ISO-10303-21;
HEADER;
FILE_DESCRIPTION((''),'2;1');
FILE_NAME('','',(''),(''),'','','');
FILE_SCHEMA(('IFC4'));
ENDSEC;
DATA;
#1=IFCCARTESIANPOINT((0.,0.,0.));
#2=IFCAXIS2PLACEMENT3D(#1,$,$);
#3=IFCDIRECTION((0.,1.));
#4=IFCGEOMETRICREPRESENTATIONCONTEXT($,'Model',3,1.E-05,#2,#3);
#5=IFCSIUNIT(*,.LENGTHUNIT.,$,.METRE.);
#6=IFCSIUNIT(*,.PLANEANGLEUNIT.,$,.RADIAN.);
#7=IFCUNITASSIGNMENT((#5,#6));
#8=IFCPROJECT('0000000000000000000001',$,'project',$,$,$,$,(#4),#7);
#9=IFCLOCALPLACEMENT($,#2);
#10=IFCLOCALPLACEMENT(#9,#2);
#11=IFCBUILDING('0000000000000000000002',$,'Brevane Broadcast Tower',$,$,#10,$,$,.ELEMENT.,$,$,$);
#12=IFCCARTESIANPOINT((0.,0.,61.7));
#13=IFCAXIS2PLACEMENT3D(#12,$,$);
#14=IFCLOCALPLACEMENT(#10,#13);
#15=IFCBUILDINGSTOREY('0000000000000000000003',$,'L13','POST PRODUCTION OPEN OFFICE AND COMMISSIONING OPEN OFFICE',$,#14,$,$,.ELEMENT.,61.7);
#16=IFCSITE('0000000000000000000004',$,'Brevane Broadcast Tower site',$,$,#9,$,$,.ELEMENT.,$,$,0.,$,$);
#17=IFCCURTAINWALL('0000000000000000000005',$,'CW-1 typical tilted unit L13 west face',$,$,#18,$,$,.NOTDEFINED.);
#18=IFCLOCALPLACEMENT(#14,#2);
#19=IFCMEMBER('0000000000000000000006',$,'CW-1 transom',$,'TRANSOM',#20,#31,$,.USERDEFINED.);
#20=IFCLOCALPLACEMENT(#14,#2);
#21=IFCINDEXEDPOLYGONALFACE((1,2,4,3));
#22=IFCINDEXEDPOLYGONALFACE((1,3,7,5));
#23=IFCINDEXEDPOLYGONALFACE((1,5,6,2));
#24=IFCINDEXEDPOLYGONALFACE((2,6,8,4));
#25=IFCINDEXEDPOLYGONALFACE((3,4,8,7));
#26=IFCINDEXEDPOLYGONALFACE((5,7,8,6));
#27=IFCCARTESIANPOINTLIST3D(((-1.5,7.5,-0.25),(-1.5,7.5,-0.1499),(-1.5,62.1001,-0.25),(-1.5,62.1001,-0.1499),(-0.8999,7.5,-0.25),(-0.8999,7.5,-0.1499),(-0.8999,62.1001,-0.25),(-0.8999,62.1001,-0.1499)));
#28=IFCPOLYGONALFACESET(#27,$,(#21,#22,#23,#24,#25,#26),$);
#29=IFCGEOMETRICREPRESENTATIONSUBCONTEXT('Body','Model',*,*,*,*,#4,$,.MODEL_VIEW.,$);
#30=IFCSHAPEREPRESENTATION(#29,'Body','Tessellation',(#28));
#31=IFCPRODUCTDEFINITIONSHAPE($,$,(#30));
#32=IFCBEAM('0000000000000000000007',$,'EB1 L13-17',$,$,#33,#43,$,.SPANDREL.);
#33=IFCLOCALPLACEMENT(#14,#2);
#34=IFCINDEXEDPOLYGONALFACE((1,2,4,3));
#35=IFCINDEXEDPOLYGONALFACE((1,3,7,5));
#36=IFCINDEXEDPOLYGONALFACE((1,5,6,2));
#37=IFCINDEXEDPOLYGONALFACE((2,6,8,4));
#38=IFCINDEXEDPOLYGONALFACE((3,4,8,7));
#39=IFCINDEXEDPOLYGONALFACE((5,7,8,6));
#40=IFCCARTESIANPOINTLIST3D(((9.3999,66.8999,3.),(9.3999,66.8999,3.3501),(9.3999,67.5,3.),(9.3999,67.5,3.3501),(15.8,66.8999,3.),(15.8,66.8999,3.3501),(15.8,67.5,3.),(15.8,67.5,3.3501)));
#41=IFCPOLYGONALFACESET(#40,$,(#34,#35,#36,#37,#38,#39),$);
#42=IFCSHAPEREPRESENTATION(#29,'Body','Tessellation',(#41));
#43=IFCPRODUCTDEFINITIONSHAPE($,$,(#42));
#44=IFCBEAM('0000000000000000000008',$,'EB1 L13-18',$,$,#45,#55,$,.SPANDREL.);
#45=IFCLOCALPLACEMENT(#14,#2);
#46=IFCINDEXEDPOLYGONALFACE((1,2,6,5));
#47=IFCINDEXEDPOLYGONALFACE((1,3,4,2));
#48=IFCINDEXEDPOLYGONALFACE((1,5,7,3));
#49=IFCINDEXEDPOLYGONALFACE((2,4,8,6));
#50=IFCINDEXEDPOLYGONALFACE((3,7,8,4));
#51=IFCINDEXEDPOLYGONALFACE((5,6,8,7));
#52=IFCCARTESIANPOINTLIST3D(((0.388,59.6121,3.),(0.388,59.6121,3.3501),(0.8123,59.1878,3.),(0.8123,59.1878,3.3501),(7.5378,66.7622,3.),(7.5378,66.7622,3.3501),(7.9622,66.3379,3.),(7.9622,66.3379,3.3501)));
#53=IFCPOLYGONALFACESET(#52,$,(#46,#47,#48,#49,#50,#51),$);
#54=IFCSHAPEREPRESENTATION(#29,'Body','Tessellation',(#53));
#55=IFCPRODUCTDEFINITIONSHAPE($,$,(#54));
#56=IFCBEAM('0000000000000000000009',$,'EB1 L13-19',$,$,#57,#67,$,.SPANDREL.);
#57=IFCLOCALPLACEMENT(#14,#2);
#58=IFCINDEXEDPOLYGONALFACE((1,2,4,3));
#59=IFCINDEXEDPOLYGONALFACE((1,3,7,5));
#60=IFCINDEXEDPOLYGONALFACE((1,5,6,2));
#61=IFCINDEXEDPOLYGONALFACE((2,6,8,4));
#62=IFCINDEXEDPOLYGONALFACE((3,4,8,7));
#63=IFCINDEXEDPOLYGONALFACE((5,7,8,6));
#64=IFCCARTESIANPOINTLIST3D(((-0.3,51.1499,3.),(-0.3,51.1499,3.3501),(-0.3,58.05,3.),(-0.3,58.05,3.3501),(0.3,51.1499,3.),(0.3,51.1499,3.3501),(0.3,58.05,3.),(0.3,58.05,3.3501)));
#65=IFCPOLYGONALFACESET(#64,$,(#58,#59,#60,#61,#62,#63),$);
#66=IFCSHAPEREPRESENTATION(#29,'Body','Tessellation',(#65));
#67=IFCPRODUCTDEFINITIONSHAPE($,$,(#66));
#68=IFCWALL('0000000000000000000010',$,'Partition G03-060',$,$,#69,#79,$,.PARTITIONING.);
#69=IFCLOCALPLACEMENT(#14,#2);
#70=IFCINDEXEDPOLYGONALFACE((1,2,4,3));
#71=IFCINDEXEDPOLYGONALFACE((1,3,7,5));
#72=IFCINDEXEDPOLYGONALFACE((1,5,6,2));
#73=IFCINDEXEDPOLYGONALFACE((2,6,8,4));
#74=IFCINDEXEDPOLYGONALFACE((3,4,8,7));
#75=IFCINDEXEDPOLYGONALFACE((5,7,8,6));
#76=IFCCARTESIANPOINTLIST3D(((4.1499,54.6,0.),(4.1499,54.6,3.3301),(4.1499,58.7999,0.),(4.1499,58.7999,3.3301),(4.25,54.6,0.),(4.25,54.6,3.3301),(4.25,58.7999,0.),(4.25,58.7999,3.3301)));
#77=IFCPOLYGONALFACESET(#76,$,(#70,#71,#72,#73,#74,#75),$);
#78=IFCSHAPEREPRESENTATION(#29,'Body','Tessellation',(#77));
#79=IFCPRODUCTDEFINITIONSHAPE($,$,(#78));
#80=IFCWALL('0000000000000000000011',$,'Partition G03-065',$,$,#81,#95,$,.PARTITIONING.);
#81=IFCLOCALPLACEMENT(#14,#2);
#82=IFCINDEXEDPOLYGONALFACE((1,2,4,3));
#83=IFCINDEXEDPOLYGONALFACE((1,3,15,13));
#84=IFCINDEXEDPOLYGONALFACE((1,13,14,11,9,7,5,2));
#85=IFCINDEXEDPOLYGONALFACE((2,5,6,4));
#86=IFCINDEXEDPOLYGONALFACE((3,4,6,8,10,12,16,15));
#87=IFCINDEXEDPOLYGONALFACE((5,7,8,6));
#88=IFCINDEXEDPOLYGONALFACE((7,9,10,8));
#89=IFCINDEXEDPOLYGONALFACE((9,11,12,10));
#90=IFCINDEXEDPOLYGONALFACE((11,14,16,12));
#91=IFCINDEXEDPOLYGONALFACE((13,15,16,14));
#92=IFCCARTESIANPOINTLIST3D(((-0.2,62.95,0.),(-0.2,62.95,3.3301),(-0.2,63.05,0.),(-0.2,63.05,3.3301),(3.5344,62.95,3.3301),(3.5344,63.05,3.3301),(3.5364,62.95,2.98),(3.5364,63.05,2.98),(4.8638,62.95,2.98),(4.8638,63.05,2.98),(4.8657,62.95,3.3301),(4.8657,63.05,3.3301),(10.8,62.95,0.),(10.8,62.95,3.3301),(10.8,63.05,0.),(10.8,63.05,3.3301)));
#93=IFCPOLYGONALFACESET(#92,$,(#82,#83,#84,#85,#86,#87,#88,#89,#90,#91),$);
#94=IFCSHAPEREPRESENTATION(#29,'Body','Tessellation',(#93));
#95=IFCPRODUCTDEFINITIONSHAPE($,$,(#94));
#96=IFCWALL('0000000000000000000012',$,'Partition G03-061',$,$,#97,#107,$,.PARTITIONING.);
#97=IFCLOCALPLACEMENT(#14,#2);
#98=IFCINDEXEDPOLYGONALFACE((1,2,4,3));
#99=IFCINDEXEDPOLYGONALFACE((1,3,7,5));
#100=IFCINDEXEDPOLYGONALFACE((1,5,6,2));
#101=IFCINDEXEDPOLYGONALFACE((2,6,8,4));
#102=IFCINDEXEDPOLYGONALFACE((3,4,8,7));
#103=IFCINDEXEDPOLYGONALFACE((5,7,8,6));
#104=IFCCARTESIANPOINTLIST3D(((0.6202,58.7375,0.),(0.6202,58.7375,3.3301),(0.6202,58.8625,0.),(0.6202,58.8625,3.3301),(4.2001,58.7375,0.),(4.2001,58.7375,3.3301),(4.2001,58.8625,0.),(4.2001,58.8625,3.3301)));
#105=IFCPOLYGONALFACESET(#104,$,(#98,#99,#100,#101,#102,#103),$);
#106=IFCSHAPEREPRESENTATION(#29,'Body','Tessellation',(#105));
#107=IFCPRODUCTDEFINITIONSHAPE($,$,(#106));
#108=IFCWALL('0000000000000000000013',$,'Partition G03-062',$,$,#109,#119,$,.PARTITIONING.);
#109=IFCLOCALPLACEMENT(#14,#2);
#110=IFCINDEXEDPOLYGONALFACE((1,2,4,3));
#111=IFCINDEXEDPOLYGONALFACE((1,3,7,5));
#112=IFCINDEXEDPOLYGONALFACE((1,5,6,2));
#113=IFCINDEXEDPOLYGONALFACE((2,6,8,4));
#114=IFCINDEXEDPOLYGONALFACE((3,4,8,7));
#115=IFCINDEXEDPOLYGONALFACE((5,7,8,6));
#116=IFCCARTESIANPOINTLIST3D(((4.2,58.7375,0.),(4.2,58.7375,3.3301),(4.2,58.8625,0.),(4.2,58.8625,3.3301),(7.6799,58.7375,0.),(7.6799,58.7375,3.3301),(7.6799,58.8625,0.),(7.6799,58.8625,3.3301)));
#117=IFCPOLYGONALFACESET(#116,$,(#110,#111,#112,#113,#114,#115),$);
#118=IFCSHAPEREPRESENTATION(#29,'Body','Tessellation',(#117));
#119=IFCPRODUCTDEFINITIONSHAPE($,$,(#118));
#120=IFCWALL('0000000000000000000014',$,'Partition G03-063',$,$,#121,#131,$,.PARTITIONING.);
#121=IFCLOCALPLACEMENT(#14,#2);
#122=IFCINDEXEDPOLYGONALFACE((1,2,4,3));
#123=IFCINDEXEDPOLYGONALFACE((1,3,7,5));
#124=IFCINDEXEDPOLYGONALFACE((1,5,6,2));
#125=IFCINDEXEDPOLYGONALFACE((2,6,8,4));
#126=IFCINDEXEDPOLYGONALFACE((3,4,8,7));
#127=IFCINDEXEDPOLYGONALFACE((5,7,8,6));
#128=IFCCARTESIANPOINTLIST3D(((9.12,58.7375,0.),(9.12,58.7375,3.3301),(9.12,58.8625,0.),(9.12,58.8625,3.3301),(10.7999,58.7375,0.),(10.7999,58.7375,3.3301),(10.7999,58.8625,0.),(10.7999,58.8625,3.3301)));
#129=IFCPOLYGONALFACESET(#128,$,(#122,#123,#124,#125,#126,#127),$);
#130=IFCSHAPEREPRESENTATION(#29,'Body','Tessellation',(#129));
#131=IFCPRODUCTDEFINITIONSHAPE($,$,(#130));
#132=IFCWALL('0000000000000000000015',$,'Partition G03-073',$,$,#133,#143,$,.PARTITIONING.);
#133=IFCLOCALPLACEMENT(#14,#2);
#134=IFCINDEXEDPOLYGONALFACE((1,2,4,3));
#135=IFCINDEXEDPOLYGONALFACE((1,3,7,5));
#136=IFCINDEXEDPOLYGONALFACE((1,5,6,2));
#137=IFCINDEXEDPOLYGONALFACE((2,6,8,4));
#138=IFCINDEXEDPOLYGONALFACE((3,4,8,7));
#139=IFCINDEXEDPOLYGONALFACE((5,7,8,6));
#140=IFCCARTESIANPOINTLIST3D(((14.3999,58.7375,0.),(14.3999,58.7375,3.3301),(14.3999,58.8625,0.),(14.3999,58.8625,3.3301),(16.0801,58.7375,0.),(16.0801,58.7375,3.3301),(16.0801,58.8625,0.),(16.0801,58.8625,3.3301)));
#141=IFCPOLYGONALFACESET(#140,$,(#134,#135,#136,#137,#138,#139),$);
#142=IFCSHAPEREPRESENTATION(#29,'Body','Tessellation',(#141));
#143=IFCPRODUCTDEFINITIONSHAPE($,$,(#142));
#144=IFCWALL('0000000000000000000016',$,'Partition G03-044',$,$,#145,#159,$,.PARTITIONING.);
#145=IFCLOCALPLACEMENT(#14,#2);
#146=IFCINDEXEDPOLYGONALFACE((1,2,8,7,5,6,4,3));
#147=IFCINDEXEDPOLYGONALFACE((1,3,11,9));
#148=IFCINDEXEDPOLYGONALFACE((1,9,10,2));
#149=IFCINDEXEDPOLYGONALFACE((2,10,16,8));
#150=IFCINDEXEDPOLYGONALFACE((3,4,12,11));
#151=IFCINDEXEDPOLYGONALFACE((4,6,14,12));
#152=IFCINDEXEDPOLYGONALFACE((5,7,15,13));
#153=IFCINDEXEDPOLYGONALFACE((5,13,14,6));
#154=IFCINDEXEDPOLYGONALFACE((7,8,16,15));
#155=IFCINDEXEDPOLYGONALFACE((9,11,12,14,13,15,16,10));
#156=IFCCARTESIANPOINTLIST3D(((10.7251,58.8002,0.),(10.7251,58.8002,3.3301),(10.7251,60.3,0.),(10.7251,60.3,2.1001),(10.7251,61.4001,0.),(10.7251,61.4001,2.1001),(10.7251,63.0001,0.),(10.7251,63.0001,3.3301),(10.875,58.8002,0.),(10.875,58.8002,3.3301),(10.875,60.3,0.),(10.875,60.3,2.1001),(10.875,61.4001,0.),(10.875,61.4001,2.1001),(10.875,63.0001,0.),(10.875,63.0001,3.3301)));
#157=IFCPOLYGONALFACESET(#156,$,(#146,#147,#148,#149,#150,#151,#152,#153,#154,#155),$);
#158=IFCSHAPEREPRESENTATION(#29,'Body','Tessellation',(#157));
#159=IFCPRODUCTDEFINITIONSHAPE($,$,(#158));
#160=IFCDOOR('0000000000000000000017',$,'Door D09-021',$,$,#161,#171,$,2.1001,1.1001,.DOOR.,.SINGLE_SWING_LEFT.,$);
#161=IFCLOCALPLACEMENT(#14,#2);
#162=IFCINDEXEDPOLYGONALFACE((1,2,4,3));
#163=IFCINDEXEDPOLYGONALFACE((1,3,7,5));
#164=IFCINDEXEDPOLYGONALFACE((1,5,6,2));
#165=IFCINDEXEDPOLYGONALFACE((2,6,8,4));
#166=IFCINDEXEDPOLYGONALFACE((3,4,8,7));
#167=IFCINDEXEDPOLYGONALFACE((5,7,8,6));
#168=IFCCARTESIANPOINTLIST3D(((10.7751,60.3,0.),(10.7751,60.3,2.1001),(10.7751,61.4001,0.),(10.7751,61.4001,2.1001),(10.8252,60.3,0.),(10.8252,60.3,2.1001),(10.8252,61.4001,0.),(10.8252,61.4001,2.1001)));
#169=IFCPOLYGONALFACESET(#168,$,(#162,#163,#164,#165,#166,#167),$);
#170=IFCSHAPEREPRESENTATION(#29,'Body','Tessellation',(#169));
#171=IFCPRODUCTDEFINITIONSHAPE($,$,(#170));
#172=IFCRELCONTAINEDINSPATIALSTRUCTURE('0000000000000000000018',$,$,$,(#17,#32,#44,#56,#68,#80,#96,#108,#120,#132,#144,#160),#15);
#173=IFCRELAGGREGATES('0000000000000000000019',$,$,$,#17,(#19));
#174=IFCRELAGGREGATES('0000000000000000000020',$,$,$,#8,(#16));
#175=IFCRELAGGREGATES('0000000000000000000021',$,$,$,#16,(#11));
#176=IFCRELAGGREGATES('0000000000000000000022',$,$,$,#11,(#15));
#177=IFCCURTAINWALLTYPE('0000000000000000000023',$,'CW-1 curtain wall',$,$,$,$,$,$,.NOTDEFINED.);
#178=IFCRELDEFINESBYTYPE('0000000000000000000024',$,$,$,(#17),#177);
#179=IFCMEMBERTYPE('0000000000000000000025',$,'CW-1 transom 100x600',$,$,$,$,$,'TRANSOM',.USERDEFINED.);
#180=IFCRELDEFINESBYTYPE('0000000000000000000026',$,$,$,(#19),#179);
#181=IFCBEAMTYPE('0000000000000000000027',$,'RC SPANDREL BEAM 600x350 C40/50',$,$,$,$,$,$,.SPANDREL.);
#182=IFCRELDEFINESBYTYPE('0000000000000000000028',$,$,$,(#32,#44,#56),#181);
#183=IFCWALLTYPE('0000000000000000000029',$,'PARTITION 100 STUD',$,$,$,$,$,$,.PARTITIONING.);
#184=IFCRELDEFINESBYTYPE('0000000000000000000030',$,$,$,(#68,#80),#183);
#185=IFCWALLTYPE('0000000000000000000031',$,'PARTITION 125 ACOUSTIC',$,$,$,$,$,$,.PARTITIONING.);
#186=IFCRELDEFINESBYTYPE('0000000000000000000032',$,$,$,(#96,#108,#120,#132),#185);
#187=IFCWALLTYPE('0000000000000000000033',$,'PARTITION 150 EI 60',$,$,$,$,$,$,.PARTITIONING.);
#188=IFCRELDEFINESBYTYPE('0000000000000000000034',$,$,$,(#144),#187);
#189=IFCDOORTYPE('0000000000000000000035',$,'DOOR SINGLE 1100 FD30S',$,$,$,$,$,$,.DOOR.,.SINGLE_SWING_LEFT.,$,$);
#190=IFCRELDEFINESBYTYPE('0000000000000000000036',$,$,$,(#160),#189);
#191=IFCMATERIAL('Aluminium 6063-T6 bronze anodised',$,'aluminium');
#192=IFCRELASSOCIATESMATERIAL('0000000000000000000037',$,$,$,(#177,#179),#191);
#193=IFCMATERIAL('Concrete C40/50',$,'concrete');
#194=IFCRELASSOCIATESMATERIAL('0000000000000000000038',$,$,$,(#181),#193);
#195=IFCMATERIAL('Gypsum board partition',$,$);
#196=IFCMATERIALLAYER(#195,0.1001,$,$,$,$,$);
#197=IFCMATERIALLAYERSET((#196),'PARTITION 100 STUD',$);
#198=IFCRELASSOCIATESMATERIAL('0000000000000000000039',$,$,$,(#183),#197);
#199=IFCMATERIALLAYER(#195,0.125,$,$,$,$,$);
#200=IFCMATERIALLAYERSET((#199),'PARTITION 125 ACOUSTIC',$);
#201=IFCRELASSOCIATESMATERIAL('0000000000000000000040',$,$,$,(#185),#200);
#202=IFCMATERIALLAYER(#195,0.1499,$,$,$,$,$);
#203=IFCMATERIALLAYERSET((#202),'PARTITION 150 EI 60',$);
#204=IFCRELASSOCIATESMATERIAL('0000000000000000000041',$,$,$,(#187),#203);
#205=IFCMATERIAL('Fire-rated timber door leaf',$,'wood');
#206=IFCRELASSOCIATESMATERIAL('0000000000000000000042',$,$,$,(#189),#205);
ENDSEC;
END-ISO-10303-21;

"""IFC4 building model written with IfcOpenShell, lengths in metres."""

from ifc_helpers import new_model, si_unit, direction, frame, frame_2d, origin, origin_2d, place, context, subcontext, project, spatial, polyline, rectangle, outline, extrude, material, layer, layer_set, material_profile, profile_set, type_object, element, fill, aggregate, save


model = new_model("IFC4")

# Units and contexts
model_context = context("Model", 3, precision=1e-05, world=origin(), true_north=direction((0.0, 1.0)))
body_context = subcontext(model_context, "Body", "Model", "MODEL_VIEW")
ifc_project = project(units=[si_unit("LENGTHUNIT", "METRE"), si_unit("PLANEANGLEUNIT", "RADIAN")], contexts=[model_context])

# Site, building, storey
site_placement = place(None, origin())
site = spatial("IfcSite", under=ifc_project, at=site_placement, Name="Brevane Broadcast Tower site", CompositionType="ELEMENT", RefElevation=0.0)
building_placement = place(site_placement, origin())
building = spatial("IfcBuilding", under=site, at=building_placement, Name="Brevane Broadcast Tower", CompositionType="ELEMENT")
storey_placement = place(building_placement, frame((0.0, 0.0, 61.7)))
storey = spatial("IfcBuildingStorey", under=building, at=storey_placement, Name="L13", Description="POST PRODUCTION OPEN OFFICE AND COMMISSIONING OPEN OFFICE", CompositionType="ELEMENT", Elevation=61.7)

# Shared definitions
ifc_material_1 = material(Name="Aluminium 6063-T6 bronze anodised", Category="aluminium")
curtain_wall_type = type_object("IfcCurtainWallType", Name="CW-1 curtain wall", PredefinedType="NOTDEFINED", material=ifc_material_1)

# Curtain wall
curtain_wall_1_placement = place(storey_placement, origin())
curtain_wall_1 = element("IfcCurtainWall", 1, at=curtain_wall_1_placement, inside=storey, type_object=curtain_wall_type, Name="CW-1 typical tilted unit L13 west face", PredefinedType="NOTDEFINED")

# Member
ifc_material_profile_1 = material_profile(ifc_material_1, rectangle(XDim=0.6001, YDim=0.1001, at=origin_2d()), Name="RECT 100x600")
ifc_profile_set_1 = profile_set([ifc_material_profile_1], Name="Aluminium 6063-T6 bronze anodised")
member_type_1 = type_object("IfcMemberType", Name="CW-1 transom 100x600", ElementType="TRANSOM", PredefinedType="USERDEFINED", material=ifc_profile_set_1)
member_1_placement = place(storey_placement, frame((-1.2, 62.1001, -0.2), z_axis=(0.0, -1.0, 0.0), x_axis=(1.0, 0.0, 0.0)))
member_1 = element("IfcMember", 2, at=member_1_placement, type_object=member_type_1, Name="CW-1 transom", ObjectType="TRANSOM", PredefinedType="USERDEFINED", context=body_context, shape_type="SweptSolid", body=[
    extrude(rectangle(XDim=0.6001, YDim=0.1001, at=origin_2d()), origin(), (0.0, 0.0, 1.0), 54.6001),
])
aggregate(curtain_wall_1, [member_1])

# Beams
ifc_material_2 = material(Name="Concrete C40/50", Category="concrete")
ifc_material_profile_2 = material_profile(ifc_material_2, rectangle(XDim=0.6001, YDim=0.3501, at=origin_2d()), Name="RC 600x350")
ifc_profile_set_2 = profile_set([ifc_material_profile_2], Name="Concrete C40/50")
beam_type = type_object("IfcBeamType", Name="RC SPANDREL BEAM 600x350 C40/50", PredefinedType="SPANDREL", material=ifc_profile_set_2)
beam_1_placement = place(storey_placement, frame((15.8, 67.2, 3.175), z_axis=(-1.0, 0.0, 0.0), x_axis=(0.0, -1.0, 0.0)))
element("IfcBeam", 3, at=beam_1_placement, inside=storey, type_object=beam_type, Name="EB1 L13-17", PredefinedType="SPANDREL", context=body_context, shape_type="SweptSolid", body=[
    extrude(rectangle(XDim=0.6001, YDim=0.3501, at=origin_2d()), origin(), (0.0, 0.0, 1.0), 6.4001),
])
beam_2_placement = place(storey_placement, frame((7.75, 66.55, 3.175), z_axis=(-0.707095, -0.707119, 0.0), x_axis=(0.707119, -0.707095, 0.0)))
element("IfcBeam", 4, at=beam_2_placement, inside=storey, type_object=beam_type, Name="EB1 L13-18", PredefinedType="SPANDREL", context=body_context, shape_type="SweptSolid", body=[
    extrude(rectangle(XDim=0.6001, YDim=0.3501, at=origin_2d()), origin(), (0.0, 0.0, 1.0), 10.1116),
])
beam_3_placement = place(storey_placement, frame((0.0, 58.05, 3.175), z_axis=(0.0, -1.0, 0.0), x_axis=(1.0, 0.0, 0.0)))
element("IfcBeam", 5, at=beam_3_placement, inside=storey, type_object=beam_type, Name="EB1 L13-19", PredefinedType="SPANDREL", context=body_context, shape_type="SweptSolid", body=[
    extrude(rectangle(XDim=0.6001, YDim=0.3501, at=origin_2d()), origin(), (0.0, 0.0, 1.0), 6.9001),
])

# Walls
ifc_material_3 = material(Name="Gypsum board partition")
ifc_layer_1 = layer(ifc_material_3, 0.1001)
ifc_layer_set_1 = layer_set([ifc_layer_1], Name="PARTITION 100 STUD")
wall_type_1 = type_object("IfcWallType", Name="PARTITION 100 STUD", PredefinedType="PARTITIONING", material=ifc_layer_set_1)
wall_1_placement = place(storey_placement, frame((4.2, 58.8, 0.0), z_axis=(0.0, 0.0, 1.0), x_axis=(0.0, -1.0, 0.0)))
element("IfcWall", 6, at=wall_1_placement, inside=storey, type_object=wall_type_1, Name="Partition G03-060", PredefinedType="PARTITIONING", context=body_context, shape_type="SweptSolid", body=[
    extrude(rectangle(XDim=4.2, YDim=0.1001, at=frame_2d((2.1001, 0.0))), origin(), (0.0, 0.0, 1.0), 3.3301),
])
wall_2_placement = place(storey_placement, frame((-0.2, 63.0, 0.0), z_axis=(0.0, 0.0, 1.0), x_axis=(1.0, 0.0, 0.0)))
element("IfcWall", 7, at=wall_2_placement, inside=storey, type_object=wall_type_1, Name="Partition G03-065", PredefinedType="PARTITIONING", context=body_context, shape_type="SweptSolid", body=[
    extrude(outline(polyline([(0.0, 0.0), (11.0, 0.0), (11.0, 3.3301), (5.0657, 3.3301), (5.0637, 2.98), (3.7363, 2.98), (3.7344, 3.3301), (0.0, 3.3301), (0.0, 0.0)])), frame((0.0, 0.05, 0.0), z_axis=(0.0, -1.0, 0.0), x_axis=(1.0, 0.0, 0.0)), (0.0, 0.0, 1.0), 0.1001),
])
ifc_layer_2 = layer(ifc_material_3, 0.125)
ifc_layer_set_2 = layer_set([ifc_layer_2], Name="PARTITION 125 ACOUSTIC")
wall_type_2 = type_object("IfcWallType", Name="PARTITION 125 ACOUSTIC", PredefinedType="PARTITIONING", material=ifc_layer_set_2)
wall_3_placement = place(storey_placement, frame((0.6201, 58.8, 0.0), z_axis=(0.0, 0.0, 1.0), x_axis=(1.0, 0.0, 0.0)))
element("IfcWall", 8, at=wall_3_placement, inside=storey, type_object=wall_type_2, Name="Partition G03-061", PredefinedType="PARTITIONING", context=body_context, shape_type="SweptSolid", body=[
    extrude(rectangle(XDim=3.5798, YDim=0.125, at=frame_2d((1.79, 0.0))), origin(), (0.0, 0.0, 1.0), 3.3301),
])
wall_4_placement = place(storey_placement, frame((4.2, 58.8, 0.0), z_axis=(0.0, 0.0, 1.0), x_axis=(1.0, 0.0, 0.0)))
element("IfcWall", 9, at=wall_4_placement, inside=storey, type_object=wall_type_2, Name="Partition G03-062", PredefinedType="PARTITIONING", context=body_context, shape_type="SweptSolid", body=[
    extrude(rectangle(XDim=3.48, YDim=0.125, at=frame_2d((1.74, 0.0))), origin(), (0.0, 0.0, 1.0), 3.3301),
])
wall_5_placement = place(storey_placement, frame((9.1201, 58.8, 0.0), z_axis=(0.0, 0.0, 1.0), x_axis=(1.0, 0.0, 0.0)))
element("IfcWall", 10, at=wall_5_placement, inside=storey, type_object=wall_type_2, Name="Partition G03-063", PredefinedType="PARTITIONING", context=body_context, shape_type="SweptSolid", body=[
    extrude(rectangle(XDim=1.6799, YDim=0.125, at=frame_2d((0.8398, 0.0))), origin(), (0.0, 0.0, 1.0), 3.3301),
])
wall_6_placement = place(storey_placement, frame((14.3999, 58.8, 0.0), z_axis=(0.0, 0.0, 1.0), x_axis=(1.0, 0.0, 0.0)))
element("IfcWall", 11, at=wall_6_placement, inside=storey, type_object=wall_type_2, Name="Partition G03-073", PredefinedType="PARTITIONING", context=body_context, shape_type="SweptSolid", body=[
    extrude(rectangle(XDim=1.6802, YDim=0.125, at=frame_2d((0.8401, 0.0))), origin(), (0.0, 0.0, 1.0), 3.3301),
])

# Wall, opening, door
ifc_layer_3 = layer(ifc_material_3, 0.1499)
ifc_layer_set_3 = layer_set([ifc_layer_3], Name="PARTITION 150 EI 60")
wall_type_3 = type_object("IfcWallType", Name="PARTITION 150 EI 60", PredefinedType="PARTITIONING", material=ifc_layer_set_3)
wall_7_placement = place(storey_placement, frame((10.8, 58.8, 0.0), z_axis=(0.0, 0.0, 1.0), x_axis=(0.0, 1.0, 0.0)))
wall_7 = element("IfcWall", 12, at=wall_7_placement, inside=storey, type_object=wall_type_3, Name="Partition G03-044", PredefinedType="PARTITIONING", context=body_context, shape_type="SweptSolid", body=[
    extrude(rectangle(XDim=4.2, YDim=0.1499, at=frame_2d((2.1001, 0.0))), origin(), (0.0, 0.0, 1.0), 3.3301),
])
opening_1_placement = place(wall_7_placement, frame((1.5, 0.0, 0.0)))
opening_1 = element("IfcOpeningElement", 13, at=opening_1_placement, cuts=wall_7, PredefinedType="OPENING", context=body_context, shape_type="SweptSolid", body=[
    extrude(rectangle(XDim=1.1001, YDim=2.1001, at=frame_2d((0.55, 1.05))), frame((0.0, 0.085, 0.0), z_axis=(0.0, -1.0, 0.0), x_axis=(1.0, 0.0, 0.0)), (0.0, 0.0, 1.0), 0.1699),
])
ifc_material_4 = material(Name="Fire-rated timber door leaf", Category="wood")
door_type_1 = type_object("IfcDoorType", Name="DOOR SINGLE 1100 FD30S", OperationType="SINGLE_SWING_LEFT", PredefinedType="DOOR", material=ifc_material_4)
door_1_placement = place(opening_1_placement, origin())
door_1 = element("IfcDoor", 14, at=door_1_placement, inside=storey, type_object=door_type_1, Name="Door D09-021", OperationType="SINGLE_SWING_LEFT", OverallHeight=2.1001, OverallWidth=1.1001, PredefinedType="DOOR", context=body_context, shape_type="SweptSolid", body=[
    extrude(rectangle(XDim=1.1001, YDim=2.1001, at=frame_2d((0.55, 1.05))), frame((0.0, 0.0249, 0.0), z_axis=(0.0, -1.0, 0.0), x_axis=(1.0, 0.0, 0.0)), (0.0, 0.0, 1.0), 0.05),
])
fill(opening_1, door_1)

save(model, "model.ifc")
